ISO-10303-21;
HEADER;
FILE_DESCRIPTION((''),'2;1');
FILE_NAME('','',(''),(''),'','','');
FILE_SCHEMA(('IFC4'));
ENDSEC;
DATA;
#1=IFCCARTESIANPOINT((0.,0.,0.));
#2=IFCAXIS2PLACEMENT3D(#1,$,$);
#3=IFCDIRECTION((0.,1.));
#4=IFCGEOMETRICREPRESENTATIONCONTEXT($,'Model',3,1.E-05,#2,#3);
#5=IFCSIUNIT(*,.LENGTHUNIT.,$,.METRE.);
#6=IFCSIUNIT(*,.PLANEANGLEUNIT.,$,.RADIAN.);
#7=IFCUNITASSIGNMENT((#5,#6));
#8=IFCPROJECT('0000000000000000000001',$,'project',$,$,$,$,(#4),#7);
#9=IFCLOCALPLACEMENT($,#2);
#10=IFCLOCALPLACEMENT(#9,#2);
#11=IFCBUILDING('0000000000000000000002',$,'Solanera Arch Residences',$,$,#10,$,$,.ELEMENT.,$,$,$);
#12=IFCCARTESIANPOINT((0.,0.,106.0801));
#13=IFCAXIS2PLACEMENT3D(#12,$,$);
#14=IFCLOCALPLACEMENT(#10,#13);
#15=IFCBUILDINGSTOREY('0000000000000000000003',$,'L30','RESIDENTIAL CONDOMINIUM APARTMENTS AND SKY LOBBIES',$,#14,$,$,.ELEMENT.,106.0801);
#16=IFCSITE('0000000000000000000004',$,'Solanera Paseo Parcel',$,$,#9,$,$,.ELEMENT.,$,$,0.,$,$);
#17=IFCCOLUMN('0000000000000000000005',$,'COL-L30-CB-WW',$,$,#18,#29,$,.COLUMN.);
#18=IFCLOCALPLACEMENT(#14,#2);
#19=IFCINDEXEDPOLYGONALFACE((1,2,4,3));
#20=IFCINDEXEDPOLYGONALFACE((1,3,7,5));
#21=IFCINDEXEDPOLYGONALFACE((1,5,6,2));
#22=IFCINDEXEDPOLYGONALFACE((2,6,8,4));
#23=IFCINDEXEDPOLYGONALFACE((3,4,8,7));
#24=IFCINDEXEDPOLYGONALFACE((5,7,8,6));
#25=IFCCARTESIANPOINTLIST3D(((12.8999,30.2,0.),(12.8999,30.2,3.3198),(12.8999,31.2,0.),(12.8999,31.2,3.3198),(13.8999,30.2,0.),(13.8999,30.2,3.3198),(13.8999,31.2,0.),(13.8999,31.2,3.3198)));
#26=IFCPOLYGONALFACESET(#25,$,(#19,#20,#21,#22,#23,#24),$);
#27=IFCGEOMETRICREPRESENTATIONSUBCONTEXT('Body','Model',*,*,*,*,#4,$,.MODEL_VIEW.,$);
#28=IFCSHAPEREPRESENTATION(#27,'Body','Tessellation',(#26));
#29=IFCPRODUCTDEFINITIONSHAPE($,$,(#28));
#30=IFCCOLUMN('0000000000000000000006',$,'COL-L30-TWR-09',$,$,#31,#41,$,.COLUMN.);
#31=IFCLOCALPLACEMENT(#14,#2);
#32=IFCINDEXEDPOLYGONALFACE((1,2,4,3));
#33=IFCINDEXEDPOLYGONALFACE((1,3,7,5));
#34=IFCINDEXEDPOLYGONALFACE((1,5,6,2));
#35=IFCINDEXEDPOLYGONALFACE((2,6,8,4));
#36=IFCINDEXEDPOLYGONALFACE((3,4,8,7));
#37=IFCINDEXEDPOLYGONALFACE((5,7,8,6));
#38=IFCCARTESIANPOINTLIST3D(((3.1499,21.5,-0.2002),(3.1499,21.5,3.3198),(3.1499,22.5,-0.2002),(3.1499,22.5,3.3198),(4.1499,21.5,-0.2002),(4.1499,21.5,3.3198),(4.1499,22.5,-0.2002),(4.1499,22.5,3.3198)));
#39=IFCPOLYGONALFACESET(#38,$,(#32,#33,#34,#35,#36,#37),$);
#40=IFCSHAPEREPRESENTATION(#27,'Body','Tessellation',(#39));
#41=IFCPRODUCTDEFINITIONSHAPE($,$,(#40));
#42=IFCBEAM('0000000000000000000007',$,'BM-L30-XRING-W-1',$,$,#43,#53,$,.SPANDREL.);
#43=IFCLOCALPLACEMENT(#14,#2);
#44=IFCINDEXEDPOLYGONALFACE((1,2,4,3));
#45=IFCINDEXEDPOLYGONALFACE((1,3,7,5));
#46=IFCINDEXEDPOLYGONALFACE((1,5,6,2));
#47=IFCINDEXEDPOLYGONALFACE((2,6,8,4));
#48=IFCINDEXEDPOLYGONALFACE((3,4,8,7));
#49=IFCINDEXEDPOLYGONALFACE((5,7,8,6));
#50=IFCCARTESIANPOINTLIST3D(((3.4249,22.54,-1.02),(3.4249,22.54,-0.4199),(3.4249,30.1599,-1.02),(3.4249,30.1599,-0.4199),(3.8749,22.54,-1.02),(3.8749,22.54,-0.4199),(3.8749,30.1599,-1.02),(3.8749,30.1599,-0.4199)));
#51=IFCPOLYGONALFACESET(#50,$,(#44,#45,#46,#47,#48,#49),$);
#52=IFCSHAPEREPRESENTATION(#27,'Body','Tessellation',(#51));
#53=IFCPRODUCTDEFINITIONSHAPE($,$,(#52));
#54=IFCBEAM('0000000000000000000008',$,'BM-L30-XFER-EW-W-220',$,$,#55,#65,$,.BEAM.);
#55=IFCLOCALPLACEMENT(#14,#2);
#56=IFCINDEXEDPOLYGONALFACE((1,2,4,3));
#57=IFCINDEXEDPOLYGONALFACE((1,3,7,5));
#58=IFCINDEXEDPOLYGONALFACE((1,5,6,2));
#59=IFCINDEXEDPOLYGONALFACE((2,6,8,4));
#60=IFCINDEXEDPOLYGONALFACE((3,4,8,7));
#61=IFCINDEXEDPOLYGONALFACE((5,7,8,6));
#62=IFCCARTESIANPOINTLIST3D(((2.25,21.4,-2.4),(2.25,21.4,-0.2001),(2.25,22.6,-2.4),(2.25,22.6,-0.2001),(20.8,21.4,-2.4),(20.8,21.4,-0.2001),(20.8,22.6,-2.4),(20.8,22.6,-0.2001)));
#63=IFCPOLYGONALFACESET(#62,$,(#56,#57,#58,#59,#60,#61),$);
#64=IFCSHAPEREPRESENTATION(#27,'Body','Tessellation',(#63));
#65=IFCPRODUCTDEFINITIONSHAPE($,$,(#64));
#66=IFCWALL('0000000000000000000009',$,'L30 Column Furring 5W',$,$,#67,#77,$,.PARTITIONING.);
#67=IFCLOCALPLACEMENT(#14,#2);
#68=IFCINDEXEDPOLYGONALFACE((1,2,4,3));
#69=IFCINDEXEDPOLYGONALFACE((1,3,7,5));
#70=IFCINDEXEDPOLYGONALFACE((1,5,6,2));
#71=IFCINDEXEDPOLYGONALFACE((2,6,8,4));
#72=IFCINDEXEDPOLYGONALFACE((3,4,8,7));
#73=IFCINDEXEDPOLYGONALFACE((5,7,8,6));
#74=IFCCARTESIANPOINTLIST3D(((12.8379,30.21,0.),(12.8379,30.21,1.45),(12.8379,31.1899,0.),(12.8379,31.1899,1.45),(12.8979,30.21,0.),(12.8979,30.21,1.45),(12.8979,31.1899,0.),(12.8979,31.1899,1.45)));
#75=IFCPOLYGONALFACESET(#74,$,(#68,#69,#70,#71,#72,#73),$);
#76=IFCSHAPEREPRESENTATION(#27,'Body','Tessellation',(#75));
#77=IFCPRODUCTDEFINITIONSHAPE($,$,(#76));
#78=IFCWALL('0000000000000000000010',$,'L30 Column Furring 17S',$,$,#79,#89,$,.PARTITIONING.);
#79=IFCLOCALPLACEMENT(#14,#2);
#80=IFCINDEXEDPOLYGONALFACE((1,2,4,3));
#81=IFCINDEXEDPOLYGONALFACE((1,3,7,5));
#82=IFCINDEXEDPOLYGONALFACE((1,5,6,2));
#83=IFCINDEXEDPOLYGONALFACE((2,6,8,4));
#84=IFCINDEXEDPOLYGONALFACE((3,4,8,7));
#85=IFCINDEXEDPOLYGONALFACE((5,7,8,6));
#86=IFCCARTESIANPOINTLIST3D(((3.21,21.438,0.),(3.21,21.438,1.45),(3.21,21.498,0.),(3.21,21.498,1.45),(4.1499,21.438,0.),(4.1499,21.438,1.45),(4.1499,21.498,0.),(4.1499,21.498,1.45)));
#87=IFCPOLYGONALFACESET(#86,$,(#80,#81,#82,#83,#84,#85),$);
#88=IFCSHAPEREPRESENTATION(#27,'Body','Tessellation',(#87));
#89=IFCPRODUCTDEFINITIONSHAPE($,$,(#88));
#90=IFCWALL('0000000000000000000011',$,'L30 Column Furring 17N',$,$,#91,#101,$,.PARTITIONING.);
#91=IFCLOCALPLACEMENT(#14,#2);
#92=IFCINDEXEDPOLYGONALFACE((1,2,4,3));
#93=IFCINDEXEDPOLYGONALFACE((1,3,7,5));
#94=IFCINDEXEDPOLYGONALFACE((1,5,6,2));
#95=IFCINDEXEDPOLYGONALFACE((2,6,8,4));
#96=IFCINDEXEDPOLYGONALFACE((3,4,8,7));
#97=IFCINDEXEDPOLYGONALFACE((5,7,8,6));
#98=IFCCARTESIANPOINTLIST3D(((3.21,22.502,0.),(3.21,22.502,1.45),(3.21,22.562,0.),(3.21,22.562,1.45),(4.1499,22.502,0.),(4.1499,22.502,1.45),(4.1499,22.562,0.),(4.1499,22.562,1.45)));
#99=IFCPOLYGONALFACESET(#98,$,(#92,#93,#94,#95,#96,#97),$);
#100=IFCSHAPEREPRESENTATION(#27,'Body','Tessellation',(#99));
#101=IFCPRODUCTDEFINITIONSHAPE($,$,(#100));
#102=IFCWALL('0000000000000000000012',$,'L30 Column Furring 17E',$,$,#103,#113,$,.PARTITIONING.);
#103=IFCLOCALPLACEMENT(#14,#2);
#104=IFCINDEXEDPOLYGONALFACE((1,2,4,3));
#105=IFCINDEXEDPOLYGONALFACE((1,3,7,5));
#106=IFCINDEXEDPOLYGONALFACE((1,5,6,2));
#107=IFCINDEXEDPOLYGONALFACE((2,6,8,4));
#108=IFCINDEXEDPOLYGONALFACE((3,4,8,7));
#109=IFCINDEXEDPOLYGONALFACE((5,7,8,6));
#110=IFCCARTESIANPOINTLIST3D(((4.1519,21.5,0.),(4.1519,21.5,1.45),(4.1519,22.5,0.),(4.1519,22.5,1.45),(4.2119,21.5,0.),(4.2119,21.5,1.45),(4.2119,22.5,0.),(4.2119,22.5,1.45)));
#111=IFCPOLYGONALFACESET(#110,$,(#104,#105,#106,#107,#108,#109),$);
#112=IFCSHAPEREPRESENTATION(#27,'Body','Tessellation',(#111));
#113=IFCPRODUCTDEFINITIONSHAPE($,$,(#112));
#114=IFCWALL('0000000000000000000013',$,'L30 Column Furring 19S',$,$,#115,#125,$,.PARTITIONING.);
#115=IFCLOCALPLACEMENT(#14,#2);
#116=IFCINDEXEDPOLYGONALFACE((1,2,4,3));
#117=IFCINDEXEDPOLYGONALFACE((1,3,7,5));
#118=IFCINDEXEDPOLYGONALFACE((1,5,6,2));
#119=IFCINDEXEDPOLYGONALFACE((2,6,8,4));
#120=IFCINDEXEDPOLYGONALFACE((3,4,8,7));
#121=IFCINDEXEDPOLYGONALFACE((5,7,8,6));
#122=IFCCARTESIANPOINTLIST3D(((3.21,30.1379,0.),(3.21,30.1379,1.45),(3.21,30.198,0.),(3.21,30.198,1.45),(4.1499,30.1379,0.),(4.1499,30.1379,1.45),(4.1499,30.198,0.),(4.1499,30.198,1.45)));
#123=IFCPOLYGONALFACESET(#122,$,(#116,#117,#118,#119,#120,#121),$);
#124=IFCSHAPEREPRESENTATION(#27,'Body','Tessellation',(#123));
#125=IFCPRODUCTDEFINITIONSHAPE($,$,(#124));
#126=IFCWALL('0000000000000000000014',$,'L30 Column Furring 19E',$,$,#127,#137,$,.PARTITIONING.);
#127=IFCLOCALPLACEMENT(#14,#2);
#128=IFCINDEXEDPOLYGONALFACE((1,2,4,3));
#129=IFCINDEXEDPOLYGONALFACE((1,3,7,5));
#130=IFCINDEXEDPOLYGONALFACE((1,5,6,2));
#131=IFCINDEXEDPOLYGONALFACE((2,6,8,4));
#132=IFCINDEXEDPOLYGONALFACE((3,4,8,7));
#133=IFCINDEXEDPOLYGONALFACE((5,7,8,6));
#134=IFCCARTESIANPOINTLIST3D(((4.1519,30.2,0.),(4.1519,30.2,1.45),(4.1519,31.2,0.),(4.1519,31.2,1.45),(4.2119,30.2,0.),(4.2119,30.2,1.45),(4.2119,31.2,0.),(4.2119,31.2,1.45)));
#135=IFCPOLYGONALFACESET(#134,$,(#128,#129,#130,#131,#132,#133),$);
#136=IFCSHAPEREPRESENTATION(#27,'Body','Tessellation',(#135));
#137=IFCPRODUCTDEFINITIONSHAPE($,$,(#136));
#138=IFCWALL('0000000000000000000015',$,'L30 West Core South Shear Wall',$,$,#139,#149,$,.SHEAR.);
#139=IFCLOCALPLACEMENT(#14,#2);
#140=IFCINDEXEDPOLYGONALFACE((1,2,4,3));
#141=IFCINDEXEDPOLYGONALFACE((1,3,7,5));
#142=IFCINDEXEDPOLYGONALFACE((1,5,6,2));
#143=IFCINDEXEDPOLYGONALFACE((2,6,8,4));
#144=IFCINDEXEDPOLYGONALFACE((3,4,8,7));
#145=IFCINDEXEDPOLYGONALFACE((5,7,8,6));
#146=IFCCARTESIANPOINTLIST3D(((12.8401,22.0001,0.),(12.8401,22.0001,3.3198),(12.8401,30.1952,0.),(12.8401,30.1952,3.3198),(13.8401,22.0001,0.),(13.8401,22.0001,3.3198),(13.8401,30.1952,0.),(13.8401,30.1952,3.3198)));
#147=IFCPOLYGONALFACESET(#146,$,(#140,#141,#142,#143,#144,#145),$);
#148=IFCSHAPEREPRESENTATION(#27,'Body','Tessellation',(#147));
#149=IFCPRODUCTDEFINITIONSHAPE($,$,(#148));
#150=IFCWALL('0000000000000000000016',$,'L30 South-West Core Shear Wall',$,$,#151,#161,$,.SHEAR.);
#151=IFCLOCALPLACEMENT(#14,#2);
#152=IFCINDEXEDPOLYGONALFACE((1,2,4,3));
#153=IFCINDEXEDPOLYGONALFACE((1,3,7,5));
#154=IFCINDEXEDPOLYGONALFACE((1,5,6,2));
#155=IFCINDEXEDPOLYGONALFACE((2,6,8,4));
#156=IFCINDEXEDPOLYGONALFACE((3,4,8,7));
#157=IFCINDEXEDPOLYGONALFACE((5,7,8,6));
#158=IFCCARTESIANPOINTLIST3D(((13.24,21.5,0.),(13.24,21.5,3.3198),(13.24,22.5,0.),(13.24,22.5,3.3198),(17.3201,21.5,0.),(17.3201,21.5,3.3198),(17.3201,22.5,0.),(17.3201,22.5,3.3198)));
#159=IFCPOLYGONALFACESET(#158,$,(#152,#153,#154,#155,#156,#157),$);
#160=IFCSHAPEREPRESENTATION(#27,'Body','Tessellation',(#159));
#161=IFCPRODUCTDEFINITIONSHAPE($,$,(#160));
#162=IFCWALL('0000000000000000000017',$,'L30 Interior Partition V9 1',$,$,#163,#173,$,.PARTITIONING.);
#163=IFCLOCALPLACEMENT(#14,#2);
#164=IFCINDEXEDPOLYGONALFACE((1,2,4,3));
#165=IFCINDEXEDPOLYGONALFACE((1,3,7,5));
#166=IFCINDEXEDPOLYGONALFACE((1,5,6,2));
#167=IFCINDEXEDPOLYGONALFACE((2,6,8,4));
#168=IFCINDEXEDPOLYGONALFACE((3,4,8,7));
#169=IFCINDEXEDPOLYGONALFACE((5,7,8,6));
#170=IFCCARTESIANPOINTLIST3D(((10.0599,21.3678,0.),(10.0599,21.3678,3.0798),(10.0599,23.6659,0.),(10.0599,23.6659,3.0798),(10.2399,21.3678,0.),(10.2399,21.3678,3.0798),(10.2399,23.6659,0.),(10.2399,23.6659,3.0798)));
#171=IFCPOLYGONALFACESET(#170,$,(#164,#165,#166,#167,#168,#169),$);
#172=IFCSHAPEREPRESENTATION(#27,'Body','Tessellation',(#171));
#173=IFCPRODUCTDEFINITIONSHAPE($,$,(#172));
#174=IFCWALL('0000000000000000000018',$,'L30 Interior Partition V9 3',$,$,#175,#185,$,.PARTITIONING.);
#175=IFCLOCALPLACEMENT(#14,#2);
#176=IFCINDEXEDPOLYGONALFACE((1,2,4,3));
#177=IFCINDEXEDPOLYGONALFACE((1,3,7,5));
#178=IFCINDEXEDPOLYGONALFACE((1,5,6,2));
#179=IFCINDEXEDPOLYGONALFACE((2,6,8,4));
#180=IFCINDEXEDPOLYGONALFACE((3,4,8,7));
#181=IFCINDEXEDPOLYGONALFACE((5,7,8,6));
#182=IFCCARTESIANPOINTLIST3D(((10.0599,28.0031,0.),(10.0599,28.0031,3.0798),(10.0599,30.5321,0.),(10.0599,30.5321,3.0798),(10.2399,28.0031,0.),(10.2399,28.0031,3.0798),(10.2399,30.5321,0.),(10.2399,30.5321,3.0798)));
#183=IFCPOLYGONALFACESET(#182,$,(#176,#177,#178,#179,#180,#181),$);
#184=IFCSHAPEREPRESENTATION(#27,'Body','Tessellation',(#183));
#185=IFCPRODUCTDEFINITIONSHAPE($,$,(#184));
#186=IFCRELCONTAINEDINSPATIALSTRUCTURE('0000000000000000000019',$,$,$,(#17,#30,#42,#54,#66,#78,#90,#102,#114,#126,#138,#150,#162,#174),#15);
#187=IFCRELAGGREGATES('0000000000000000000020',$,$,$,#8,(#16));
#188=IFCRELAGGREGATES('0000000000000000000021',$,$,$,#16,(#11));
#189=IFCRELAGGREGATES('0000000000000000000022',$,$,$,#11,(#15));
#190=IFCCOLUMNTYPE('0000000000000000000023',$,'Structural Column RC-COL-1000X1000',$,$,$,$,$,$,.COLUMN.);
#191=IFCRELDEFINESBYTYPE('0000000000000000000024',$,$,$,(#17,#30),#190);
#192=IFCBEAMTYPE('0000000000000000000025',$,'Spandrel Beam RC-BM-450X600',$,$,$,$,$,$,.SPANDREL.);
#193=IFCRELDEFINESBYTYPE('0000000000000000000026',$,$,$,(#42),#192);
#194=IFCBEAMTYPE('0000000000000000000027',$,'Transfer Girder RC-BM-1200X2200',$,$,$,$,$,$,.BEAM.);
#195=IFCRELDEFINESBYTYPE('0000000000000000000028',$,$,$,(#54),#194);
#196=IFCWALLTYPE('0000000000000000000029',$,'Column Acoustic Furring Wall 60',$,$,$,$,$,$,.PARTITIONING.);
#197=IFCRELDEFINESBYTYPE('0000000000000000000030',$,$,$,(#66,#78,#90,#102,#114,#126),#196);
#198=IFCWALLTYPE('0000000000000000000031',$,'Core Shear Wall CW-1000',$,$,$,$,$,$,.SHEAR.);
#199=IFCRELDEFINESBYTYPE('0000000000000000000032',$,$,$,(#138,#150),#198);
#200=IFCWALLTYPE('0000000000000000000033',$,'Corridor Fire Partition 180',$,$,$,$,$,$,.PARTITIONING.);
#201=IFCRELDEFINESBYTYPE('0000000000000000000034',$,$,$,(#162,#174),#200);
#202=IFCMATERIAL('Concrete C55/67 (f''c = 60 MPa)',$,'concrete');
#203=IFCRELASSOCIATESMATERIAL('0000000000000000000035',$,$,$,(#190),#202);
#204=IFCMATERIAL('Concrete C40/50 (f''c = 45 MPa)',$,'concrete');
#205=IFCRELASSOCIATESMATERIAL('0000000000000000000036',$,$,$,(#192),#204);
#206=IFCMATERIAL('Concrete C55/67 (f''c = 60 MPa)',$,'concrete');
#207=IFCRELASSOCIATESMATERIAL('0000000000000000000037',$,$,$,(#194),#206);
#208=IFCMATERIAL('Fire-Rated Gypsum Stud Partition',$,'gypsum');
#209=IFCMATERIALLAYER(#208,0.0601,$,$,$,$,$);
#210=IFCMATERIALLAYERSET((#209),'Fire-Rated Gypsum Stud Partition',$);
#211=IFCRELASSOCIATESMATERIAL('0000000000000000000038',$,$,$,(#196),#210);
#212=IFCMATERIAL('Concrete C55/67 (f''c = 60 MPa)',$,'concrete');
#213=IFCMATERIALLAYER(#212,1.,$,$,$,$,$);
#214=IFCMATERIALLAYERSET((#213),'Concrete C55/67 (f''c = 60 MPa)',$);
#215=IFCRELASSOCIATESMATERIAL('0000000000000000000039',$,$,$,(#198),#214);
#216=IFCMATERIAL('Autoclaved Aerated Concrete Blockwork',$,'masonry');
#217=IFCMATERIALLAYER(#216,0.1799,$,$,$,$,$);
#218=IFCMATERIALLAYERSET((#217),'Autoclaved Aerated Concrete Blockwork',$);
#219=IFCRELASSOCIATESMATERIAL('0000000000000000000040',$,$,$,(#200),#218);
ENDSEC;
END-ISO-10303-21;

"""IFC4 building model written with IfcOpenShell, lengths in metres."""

from ifc_helpers import new_model, si_unit, direction, frame, frame_2d, origin, origin_2d, place, context, subcontext, project, spatial, rectangle, extrude, material, layer, layer_set, material_profile, profile_set, type_object, element, save


model = new_model("IFC4")

# Units and contexts
model_context = context("Model", 3, precision=1e-05, world=origin(), true_north=direction((0.0, 1.0)))
body_context = subcontext(model_context, "Body", "Model", "MODEL_VIEW")
ifc_project = project(units=[si_unit("LENGTHUNIT", "METRE"), si_unit("PLANEANGLEUNIT", "RADIAN")], contexts=[model_context])

# Site, building, storey
site_placement = place(None, origin())
site = spatial("IfcSite", under=ifc_project, at=site_placement, Name="Solanera Paseo Parcel", CompositionType="ELEMENT", RefElevation=0.0)
building_placement = place(site_placement, origin())
building = spatial("IfcBuilding", under=site, at=building_placement, Name="Solanera Arch Residences", CompositionType="ELEMENT")
storey_placement = place(building_placement, frame((0.0, 0.0, 106.0801)))
storey = spatial("IfcBuildingStorey", under=building, at=storey_placement, Name="L30", Description="RESIDENTIAL CONDOMINIUM APARTMENTS AND SKY LOBBIES", CompositionType="ELEMENT", Elevation=106.0801)

# Columns
ifc_material_1 = material(Name="Concrete C55/67 (f'c = 60 MPa)", Category="concrete")
ifc_material_profile_1 = material_profile(ifc_material_1, rectangle(XDim=1.0, YDim=1.0, at=origin_2d()))
ifc_profile_set_1 = profile_set([ifc_material_profile_1], Name="Concrete C55/67 (f'c = 60 MPa)")
column_type = type_object("IfcColumnType", Name="Structural Column RC-COL-1000X1000", PredefinedType="COLUMN", material=ifc_profile_set_1)
column_1_placement = place(storey_placement, frame((13.3999, 30.7, 0.0), z_axis=(0.0, 0.0, 1.0), x_axis=(1.0, 0.0, 0.0)))
element("IfcColumn", 1, at=column_1_placement, inside=storey, type_object=column_type, Name="COL-L30-CB-WW", PredefinedType="COLUMN", context=body_context, shape_type="SweptSolid", body=[
    extrude(rectangle(XDim=1.0, YDim=1.0, at=origin_2d()), origin(), (0.0, 0.0, 1.0), 3.3198),
])
column_2_placement = place(storey_placement, frame((3.6499, 22.0, -0.2002), z_axis=(0.0, 0.0, 1.0), x_axis=(1.0, 0.0, 0.0)))
element("IfcColumn", 2, at=column_2_placement, inside=storey, type_object=column_type, Name="COL-L30-TWR-09", PredefinedType="COLUMN", context=body_context, shape_type="SweptSolid", body=[
    extrude(rectangle(XDim=1.0, YDim=1.0, at=origin_2d()), origin(), (0.0, 0.0, 1.0), 3.52),
])

# Beams
ifc_material_2 = material(Name="Concrete C40/50 (f'c = 45 MPa)", Category="concrete")
ifc_material_profile_2 = material_profile(ifc_material_2, rectangle(XDim=0.45, YDim=0.6001, at=origin_2d()))
ifc_profile_set_2 = profile_set([ifc_material_profile_2], Name="Concrete C40/50 (f'c = 45 MPa)")
beam_type_1 = type_object("IfcBeamType", Name="Spandrel Beam RC-BM-450X600", PredefinedType="SPANDREL", material=ifc_profile_set_2)
beam_1_placement = place(storey_placement, frame((3.6499, 22.54, -0.72), z_axis=(0.0, 1.0, 0.0), x_axis=(-1.0, 0.0, 0.0)))
element("IfcBeam", 3, at=beam_1_placement, inside=storey, type_object=beam_type_1, Name="BM-L30-XRING-W-1", PredefinedType="SPANDREL", context=body_context, shape_type="SweptSolid", body=[
    extrude(rectangle(XDim=0.45, YDim=0.6001, at=origin_2d()), origin(), (0.0, 0.0, 1.0), 7.6199),
])
ifc_material_3 = material(Name="Concrete C55/67 (f'c = 60 MPa)", Category="concrete")
ifc_material_profile_3 = material_profile(ifc_material_3, rectangle(XDim=1.2, YDim=2.2, at=origin_2d()))
ifc_profile_set_3 = profile_set([ifc_material_profile_3], Name="Concrete C55/67 (f'c = 60 MPa)")
beam_type_2 = type_object("IfcBeamType", Name="Transfer Girder RC-BM-1200X2200", PredefinedType="BEAM", material=ifc_profile_set_3)
beam_2_placement = place(storey_placement, frame((2.25, 22.0, -1.3), z_axis=(1.0, 0.0, 0.0), x_axis=(0.0, 1.0, 0.0)))
element("IfcBeam", 4, at=beam_2_placement, inside=storey, type_object=beam_type_2, Name="BM-L30-XFER-EW-W-220", PredefinedType="BEAM", context=body_context, shape_type="SweptSolid", body=[
    extrude(rectangle(XDim=1.2, YDim=2.2, at=origin_2d()), origin(), (0.0, 0.0, 1.0), 18.55),
])

# Walls
ifc_material_4 = material(Name="Fire-Rated Gypsum Stud Partition", Category="gypsum")
ifc_layer_1 = layer(ifc_material_4, 0.0601)
ifc_layer_set_1 = layer_set([ifc_layer_1], Name="Fire-Rated Gypsum Stud Partition")
wall_type_1 = type_object("IfcWallType", Name="Column Acoustic Furring Wall 60", PredefinedType="PARTITIONING", material=ifc_layer_set_1)
wall_1_placement = place(storey_placement, frame((12.8679, 30.21, 0.0), z_axis=(0.0, 0.0, 1.0), x_axis=(0.0, 1.0, 0.0)))
element("IfcWall", 5, at=wall_1_placement, inside=storey, type_object=wall_type_1, Name="L30 Column Furring 5W", PredefinedType="PARTITIONING", context=body_context, shape_type="SweptSolid", body=[
    extrude(rectangle(XDim=0.98, YDim=0.0601, at=frame_2d((0.49, 0.0))), origin(), (0.0, 0.0, 1.0), 1.45),
])
for number, where, z_axis, x_axis, name in (
    (6, (3.21, 21.468, 0.0), (0.0, 0.0, 1.0), (1.0, 0.0, 0.0), "L30 Column Furring 17S"),
    (7, (3.21, 22.532, 0.0), (0.0, 0.0, 1.0), (1.0, 0.0, 0.0), "L30 Column Furring 17N"),
):
    element("IfcWall", number, at=place(storey_placement, frame(where, z_axis=z_axis, x_axis=x_axis)), inside=storey, type_object=wall_type_1, Name=name, PredefinedType="PARTITIONING", context=body_context, shape_type="SweptSolid", body=[
        extrude(rectangle(XDim=0.9399, YDim=0.0601, at=frame_2d((0.47, 0.0))), origin(), (0.0, 0.0, 1.0), 1.45),
    ])
wall_2_placement = place(storey_placement, frame((4.1819, 21.5, 0.0), z_axis=(0.0, 0.0, 1.0), x_axis=(0.0, 1.0, 0.0)))
element("IfcWall", 8, at=wall_2_placement, inside=storey, type_object=wall_type_1, Name="L30 Column Furring 17E", PredefinedType="PARTITIONING", context=body_context, shape_type="SweptSolid", body=[
    extrude(rectangle(XDim=1.0, YDim=0.0601, at=frame_2d((0.5, 0.0))), origin(), (0.0, 0.0, 1.0), 1.45),
])
wall_3_placement = place(storey_placement, frame((3.21, 30.168, 0.0), z_axis=(0.0, 0.0, 1.0), x_axis=(1.0, 0.0, 0.0)))
element("IfcWall", 9, at=wall_3_placement, inside=storey, type_object=wall_type_1, Name="L30 Column Furring 19S", PredefinedType="PARTITIONING", context=body_context, shape_type="SweptSolid", body=[
    extrude(rectangle(XDim=0.9399, YDim=0.0601, at=frame_2d((0.47, 0.0))), origin(), (0.0, 0.0, 1.0), 1.45),
])
wall_4_placement = place(storey_placement, frame((4.1819, 30.2, 0.0), z_axis=(0.0, 0.0, 1.0), x_axis=(0.0, 1.0, 0.0)))
element("IfcWall", 10, at=wall_4_placement, inside=storey, type_object=wall_type_1, Name="L30 Column Furring 19E", PredefinedType="PARTITIONING", context=body_context, shape_type="SweptSolid", body=[
    extrude(rectangle(XDim=1.0, YDim=0.0601, at=frame_2d((0.5, 0.0))), origin(), (0.0, 0.0, 1.0), 1.45),
])
ifc_material_5 = material(Name="Concrete C55/67 (f'c = 60 MPa)", Category="concrete")
ifc_layer_2 = layer(ifc_material_5, 1.0)
ifc_layer_set_2 = layer_set([ifc_layer_2], Name="Concrete C55/67 (f'c = 60 MPa)")
wall_type_2 = type_object("IfcWallType", Name="Core Shear Wall CW-1000", PredefinedType="SHEAR", material=ifc_layer_set_2)
wall_5_placement = place(storey_placement, frame((13.3401, 22.0, 0.0), z_axis=(0.0, 0.0, 1.0), x_axis=(0.0, 1.0, 0.0)))
element("IfcWall", 11, at=wall_5_placement, inside=storey, type_object=wall_type_2, Name="L30 West Core South Shear Wall", PredefinedType="SHEAR", context=body_context, shape_type="SweptSolid", body=[
    extrude(rectangle(XDim=8.1951, YDim=1.0, at=frame_2d((4.0977, 0.0))), origin(), (0.0, 0.0, 1.0), 3.3198),
])
wall_6_placement = place(storey_placement, frame((13.24, 22.0, 0.0), z_axis=(0.0, 0.0, 1.0), x_axis=(1.0, 0.0, 0.0)))
element("IfcWall", 12, at=wall_6_placement, inside=storey, type_object=wall_type_2, Name="L30 South-West Core Shear Wall", PredefinedType="SHEAR", context=body_context, shape_type="SweptSolid", body=[
    extrude(rectangle(XDim=4.0801, YDim=1.0, at=frame_2d((2.04, 0.0))), origin(), (0.0, 0.0, 1.0), 3.3198),
])
ifc_material_6 = material(Name="Autoclaved Aerated Concrete Blockwork", Category="masonry")
ifc_layer_3 = layer(ifc_material_6, 0.1799)
ifc_layer_set_3 = layer_set([ifc_layer_3], Name="Autoclaved Aerated Concrete Blockwork")
wall_type_3 = type_object("IfcWallType", Name="Corridor Fire Partition 180", PredefinedType="PARTITIONING", material=ifc_layer_set_3)
wall_7_placement = place(storey_placement, frame((10.1499, 21.3679, 0.0), z_axis=(0.0, 0.0, 1.0), x_axis=(0.0, 1.0, 0.0)))
element("IfcWall", 13, at=wall_7_placement, inside=storey, type_object=wall_type_3, Name="L30 Interior Partition V9 1", PredefinedType="PARTITIONING", context=body_context, shape_type="SweptSolid", body=[
    extrude(rectangle(XDim=2.2981, YDim=0.1799, at=frame_2d((1.1489, 0.0))), origin(), (0.0, 0.0, 1.0), 3.0798),
])

# Wall
wall_8_placement = place(storey_placement, frame((10.1499, 28.0029, 0.0), z_axis=(0.0, 0.0, 1.0), x_axis=(0.0, 1.0, 0.0)))
element("IfcWall", 14, at=wall_8_placement, inside=storey, type_object=wall_type_3, Name="L30 Interior Partition V9 3", PredefinedType="PARTITIONING", context=body_context, shape_type="SweptSolid", body=[
    extrude(rectangle(XDim=2.5291, YDim=0.1799, at=frame_2d((1.2646, 0.0))), origin(), (0.0, 0.0, 1.0), 3.0798),
])

save(model, "model.ifc")
